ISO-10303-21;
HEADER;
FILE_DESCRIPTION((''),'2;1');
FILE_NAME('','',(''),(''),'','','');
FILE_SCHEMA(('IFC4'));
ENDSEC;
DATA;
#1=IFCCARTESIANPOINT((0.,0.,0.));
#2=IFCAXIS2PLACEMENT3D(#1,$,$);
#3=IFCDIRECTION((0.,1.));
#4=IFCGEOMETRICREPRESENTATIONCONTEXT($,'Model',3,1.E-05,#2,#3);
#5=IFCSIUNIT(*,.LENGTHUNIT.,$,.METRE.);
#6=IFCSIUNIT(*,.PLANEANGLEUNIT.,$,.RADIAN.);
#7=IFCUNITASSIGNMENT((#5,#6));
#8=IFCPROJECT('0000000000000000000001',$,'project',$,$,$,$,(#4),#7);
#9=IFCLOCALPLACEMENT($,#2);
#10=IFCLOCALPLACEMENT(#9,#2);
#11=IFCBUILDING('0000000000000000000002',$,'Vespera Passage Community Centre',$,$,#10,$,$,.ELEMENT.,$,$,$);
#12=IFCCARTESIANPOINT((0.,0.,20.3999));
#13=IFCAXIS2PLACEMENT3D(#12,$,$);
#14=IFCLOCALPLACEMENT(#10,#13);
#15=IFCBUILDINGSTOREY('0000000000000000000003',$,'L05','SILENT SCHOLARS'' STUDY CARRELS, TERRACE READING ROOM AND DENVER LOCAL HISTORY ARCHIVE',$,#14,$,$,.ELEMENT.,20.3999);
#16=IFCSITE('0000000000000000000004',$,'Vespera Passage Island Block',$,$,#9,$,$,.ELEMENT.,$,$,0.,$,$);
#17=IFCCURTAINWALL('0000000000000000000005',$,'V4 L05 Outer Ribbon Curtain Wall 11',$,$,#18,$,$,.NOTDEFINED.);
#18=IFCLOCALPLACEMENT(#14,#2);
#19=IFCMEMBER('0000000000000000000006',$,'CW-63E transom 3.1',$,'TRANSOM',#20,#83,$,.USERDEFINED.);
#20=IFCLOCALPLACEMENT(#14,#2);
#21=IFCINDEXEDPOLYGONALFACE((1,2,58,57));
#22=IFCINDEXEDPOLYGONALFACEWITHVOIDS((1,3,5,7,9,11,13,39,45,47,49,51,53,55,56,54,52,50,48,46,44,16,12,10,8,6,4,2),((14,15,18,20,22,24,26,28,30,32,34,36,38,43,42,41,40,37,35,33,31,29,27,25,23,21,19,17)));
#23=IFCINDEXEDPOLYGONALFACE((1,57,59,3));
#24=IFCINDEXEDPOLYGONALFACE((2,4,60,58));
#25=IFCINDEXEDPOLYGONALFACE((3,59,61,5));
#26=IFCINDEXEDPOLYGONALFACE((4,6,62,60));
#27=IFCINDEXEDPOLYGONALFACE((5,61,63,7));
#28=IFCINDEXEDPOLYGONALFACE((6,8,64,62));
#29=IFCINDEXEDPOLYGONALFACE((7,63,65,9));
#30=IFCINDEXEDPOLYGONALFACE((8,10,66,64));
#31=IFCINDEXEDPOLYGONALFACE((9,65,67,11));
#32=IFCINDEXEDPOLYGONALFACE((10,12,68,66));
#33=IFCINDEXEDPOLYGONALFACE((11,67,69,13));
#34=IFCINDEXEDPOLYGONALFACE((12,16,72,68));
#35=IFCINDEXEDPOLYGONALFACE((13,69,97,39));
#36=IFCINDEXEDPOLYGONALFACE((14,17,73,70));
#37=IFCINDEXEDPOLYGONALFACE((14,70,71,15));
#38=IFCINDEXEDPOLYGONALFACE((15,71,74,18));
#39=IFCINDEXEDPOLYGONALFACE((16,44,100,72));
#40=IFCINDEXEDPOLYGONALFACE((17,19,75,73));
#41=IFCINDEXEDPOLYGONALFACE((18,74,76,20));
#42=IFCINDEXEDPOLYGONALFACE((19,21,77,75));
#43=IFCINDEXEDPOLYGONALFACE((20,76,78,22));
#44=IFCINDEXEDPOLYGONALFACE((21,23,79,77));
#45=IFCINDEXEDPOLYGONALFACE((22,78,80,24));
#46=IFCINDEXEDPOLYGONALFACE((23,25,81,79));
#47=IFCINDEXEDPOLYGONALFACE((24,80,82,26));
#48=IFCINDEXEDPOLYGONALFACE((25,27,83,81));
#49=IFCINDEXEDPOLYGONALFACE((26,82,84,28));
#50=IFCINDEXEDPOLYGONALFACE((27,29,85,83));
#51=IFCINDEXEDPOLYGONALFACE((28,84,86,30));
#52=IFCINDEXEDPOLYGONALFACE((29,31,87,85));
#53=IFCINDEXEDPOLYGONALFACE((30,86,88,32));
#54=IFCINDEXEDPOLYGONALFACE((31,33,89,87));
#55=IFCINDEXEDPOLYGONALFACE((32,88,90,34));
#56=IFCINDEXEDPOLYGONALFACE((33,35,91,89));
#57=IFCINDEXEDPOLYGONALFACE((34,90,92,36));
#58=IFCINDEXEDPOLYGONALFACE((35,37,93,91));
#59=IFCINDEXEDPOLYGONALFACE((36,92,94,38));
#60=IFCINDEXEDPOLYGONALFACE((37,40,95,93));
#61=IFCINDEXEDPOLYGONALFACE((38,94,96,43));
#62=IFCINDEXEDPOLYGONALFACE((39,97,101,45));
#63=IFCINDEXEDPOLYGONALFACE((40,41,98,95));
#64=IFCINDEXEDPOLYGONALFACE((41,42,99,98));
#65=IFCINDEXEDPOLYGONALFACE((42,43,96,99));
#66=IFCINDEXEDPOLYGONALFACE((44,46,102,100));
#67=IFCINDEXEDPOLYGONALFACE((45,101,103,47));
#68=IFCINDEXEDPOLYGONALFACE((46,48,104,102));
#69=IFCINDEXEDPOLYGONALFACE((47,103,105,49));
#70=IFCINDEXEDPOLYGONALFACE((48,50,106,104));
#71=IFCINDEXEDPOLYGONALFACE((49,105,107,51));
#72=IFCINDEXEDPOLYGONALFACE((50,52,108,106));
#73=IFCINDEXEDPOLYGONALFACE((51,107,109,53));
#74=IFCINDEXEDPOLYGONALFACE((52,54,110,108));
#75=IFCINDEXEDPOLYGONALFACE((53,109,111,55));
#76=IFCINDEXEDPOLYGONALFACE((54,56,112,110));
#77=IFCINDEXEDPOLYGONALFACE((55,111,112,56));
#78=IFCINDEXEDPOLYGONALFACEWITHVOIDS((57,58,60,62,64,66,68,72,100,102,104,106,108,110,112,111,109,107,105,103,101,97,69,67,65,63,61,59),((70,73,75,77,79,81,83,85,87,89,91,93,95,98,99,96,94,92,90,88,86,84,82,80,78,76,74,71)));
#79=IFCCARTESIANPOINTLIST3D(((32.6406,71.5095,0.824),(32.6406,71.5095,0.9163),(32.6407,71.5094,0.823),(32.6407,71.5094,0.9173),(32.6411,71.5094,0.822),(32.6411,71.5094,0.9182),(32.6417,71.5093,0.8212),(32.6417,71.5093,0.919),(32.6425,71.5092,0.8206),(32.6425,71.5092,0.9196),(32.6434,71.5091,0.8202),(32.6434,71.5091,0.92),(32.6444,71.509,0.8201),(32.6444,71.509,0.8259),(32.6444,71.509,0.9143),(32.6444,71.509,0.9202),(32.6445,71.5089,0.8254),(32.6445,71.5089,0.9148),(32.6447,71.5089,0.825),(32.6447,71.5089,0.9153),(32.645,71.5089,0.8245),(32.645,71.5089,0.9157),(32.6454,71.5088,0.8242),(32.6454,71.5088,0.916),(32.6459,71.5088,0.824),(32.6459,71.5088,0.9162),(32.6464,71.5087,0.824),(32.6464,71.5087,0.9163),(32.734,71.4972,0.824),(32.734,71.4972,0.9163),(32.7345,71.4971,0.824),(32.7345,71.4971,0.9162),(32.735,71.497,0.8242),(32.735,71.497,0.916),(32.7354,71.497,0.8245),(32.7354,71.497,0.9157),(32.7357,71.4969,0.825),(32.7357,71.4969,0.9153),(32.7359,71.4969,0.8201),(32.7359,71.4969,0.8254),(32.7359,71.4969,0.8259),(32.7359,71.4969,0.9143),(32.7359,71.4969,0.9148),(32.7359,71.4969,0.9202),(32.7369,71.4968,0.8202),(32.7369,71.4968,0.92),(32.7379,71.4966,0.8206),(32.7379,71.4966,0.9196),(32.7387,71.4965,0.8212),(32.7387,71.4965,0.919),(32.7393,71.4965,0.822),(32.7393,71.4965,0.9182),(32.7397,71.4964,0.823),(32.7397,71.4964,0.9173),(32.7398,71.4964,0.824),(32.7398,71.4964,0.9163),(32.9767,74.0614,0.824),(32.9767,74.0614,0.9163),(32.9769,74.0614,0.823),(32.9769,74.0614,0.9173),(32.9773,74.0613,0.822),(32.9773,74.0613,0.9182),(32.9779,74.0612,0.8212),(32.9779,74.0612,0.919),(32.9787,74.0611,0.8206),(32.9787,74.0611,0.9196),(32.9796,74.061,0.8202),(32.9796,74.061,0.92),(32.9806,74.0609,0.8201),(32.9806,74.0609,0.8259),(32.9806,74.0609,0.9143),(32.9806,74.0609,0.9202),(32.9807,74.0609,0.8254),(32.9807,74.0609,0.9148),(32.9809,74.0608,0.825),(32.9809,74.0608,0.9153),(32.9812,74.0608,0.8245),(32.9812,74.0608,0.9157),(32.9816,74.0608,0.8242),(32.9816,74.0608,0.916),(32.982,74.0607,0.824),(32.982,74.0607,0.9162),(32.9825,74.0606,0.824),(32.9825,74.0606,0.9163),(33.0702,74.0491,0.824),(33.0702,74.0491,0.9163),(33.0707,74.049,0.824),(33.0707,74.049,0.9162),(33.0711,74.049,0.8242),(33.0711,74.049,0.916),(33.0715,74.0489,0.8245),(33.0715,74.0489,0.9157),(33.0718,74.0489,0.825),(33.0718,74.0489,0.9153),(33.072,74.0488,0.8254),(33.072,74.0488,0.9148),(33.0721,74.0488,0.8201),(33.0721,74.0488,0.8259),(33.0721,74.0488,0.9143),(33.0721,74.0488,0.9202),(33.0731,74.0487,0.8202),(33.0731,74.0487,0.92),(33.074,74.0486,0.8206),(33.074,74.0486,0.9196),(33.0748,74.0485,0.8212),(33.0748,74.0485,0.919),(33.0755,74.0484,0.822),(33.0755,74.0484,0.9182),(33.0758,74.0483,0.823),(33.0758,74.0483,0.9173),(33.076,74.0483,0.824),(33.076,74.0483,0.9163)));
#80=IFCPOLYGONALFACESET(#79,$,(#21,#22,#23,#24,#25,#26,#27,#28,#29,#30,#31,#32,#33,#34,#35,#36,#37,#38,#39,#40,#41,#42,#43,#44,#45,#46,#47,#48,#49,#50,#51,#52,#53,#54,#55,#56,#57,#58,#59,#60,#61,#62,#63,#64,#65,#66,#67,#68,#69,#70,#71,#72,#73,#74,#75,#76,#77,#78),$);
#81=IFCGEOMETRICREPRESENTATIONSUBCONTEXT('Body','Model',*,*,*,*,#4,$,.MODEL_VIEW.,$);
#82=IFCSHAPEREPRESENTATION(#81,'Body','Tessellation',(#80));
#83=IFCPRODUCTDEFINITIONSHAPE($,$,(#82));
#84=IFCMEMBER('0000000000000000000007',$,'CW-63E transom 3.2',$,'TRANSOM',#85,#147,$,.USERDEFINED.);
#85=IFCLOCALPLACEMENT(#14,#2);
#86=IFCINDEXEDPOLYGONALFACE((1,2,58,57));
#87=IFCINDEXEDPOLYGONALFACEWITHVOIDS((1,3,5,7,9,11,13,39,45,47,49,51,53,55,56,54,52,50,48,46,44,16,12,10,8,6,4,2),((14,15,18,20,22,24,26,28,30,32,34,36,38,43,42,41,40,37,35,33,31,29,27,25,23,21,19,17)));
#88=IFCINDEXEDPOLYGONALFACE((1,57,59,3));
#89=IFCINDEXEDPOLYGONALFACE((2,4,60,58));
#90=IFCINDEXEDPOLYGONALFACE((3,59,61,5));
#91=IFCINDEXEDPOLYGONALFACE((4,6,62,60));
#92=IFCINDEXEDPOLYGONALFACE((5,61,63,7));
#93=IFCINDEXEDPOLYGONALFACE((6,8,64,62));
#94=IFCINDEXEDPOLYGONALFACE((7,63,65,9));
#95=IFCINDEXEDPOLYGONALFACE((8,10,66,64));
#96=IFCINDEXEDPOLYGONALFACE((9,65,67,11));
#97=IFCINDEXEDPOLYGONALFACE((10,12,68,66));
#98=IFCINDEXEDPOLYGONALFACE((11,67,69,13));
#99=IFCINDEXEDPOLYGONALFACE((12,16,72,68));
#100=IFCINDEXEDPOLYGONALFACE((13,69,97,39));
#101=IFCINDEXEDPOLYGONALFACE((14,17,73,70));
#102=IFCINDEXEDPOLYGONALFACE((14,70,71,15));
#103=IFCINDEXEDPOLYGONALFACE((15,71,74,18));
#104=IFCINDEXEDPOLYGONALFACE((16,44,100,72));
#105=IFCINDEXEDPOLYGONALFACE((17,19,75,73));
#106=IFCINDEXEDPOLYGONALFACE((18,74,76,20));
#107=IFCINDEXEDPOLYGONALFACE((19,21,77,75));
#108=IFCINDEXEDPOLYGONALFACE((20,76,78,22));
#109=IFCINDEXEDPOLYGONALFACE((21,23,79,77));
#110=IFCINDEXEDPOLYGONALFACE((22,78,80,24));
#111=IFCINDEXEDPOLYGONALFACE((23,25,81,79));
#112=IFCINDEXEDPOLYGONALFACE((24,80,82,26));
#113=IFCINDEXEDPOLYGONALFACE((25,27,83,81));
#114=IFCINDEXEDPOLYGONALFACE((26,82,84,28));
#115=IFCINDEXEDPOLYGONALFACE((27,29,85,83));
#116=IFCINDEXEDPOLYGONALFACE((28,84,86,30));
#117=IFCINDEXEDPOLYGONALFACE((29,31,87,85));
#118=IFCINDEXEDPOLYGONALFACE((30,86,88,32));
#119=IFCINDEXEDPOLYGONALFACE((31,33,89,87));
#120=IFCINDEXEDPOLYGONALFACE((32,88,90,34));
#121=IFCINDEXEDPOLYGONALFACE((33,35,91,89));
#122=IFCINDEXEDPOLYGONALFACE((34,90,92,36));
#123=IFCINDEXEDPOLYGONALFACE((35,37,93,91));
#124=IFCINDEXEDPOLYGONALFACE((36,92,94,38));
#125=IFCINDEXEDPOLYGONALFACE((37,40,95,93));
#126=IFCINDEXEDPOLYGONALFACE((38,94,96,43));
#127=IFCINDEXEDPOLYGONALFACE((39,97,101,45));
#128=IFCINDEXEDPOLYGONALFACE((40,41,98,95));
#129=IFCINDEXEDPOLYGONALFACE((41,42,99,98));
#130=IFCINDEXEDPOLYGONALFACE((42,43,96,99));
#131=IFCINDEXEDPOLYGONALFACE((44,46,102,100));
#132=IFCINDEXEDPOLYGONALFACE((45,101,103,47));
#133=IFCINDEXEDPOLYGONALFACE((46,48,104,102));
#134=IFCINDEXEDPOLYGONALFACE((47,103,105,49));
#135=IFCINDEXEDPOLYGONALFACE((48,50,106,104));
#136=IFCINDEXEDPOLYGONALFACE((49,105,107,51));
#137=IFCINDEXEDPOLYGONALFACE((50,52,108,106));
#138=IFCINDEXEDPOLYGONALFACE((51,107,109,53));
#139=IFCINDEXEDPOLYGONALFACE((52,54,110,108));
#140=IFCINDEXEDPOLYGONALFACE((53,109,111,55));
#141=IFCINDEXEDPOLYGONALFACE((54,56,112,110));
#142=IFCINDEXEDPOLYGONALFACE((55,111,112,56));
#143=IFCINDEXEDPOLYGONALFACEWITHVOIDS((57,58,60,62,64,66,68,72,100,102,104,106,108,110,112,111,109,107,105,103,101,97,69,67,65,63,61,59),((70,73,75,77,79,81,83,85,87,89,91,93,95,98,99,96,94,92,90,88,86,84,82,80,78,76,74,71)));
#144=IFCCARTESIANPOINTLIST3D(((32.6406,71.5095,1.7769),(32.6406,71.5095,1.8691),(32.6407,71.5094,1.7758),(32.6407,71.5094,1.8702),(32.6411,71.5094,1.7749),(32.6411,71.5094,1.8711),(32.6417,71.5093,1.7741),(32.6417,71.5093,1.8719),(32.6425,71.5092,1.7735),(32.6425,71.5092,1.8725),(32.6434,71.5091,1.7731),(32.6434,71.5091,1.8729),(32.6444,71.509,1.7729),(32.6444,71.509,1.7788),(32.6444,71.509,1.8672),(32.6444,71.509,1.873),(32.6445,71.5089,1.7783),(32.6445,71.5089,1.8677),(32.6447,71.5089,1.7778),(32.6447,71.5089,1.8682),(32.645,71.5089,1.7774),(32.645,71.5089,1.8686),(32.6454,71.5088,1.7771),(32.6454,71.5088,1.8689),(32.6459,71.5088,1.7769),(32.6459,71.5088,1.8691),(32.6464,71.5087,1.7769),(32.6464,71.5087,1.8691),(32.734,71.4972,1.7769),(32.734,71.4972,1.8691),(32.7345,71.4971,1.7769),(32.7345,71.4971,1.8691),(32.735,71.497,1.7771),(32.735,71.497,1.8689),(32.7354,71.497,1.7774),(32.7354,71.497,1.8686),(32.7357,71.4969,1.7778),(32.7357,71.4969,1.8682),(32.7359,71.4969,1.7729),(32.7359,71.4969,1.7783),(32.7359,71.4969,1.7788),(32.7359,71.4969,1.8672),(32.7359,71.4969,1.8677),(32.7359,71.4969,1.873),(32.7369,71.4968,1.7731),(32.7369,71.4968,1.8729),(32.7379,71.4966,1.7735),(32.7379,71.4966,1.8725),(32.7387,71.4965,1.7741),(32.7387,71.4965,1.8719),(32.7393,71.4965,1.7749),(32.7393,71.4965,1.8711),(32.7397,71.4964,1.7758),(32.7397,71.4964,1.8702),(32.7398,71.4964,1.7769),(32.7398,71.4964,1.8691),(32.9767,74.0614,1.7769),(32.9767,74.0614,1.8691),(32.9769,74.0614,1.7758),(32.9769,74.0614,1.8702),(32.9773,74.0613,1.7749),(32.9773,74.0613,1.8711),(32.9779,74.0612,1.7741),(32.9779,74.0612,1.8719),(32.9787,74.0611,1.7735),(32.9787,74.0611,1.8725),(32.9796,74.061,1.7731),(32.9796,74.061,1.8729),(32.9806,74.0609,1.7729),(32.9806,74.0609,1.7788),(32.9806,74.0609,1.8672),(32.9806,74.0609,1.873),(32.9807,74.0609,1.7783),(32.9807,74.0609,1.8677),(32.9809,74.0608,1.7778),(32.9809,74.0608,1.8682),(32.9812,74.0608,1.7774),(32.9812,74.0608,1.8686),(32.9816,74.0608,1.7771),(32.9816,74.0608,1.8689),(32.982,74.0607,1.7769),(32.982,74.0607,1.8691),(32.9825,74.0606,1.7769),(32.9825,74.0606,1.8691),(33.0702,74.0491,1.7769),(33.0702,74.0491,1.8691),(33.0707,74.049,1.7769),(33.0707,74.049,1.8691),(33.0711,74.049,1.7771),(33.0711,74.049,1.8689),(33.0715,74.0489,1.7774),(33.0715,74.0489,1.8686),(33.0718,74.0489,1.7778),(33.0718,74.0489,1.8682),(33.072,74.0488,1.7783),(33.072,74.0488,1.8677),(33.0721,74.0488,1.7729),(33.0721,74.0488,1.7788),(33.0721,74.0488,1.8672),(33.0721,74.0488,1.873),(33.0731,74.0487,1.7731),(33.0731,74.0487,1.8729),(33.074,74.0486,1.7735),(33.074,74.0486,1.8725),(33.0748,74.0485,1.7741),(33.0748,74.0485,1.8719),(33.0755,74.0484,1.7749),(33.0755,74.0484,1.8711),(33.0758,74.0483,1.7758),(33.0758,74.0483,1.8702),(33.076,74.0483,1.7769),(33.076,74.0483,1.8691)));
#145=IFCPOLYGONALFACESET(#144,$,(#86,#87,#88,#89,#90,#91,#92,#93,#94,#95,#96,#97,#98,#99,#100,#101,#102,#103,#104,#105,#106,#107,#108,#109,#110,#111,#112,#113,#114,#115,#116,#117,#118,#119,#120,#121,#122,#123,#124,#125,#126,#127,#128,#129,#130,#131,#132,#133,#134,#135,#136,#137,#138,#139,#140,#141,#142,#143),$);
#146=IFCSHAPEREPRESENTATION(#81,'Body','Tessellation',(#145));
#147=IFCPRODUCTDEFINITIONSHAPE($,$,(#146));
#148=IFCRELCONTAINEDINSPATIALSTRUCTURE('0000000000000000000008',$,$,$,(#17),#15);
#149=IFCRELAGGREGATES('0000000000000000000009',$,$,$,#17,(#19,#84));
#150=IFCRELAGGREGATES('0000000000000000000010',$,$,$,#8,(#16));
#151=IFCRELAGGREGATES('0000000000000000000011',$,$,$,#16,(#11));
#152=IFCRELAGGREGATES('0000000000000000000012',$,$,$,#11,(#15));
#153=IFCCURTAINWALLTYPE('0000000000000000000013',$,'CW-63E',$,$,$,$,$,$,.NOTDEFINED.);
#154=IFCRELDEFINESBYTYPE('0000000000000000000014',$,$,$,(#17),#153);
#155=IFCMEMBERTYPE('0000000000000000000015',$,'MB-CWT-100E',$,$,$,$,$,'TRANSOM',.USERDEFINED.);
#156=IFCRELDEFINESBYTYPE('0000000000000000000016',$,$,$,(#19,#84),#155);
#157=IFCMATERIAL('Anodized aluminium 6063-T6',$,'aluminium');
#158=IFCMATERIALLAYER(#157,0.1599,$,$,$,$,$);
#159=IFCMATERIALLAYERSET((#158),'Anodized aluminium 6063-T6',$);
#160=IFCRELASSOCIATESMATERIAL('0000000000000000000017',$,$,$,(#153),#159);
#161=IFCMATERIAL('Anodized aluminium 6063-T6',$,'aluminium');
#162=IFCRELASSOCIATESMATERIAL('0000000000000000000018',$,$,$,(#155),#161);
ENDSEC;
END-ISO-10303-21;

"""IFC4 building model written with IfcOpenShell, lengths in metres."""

from ifc_helpers import new_model, si_unit, direction, frame, origin, origin_2d, place, context, subcontext, project, spatial, hollow_rectangle, extrude, material, layer, layer_set, material_profile, profile_set, type_object, element, aggregate, save


model = new_model("IFC4")

# Units and contexts
model_context = context("Model", 3, precision=1e-05, world=origin(), true_north=direction((0.0, 1.0)))
body_context = subcontext(model_context, "Body", "Model", "MODEL_VIEW")
ifc_project = project(units=[si_unit("LENGTHUNIT", "METRE"), si_unit("PLANEANGLEUNIT", "RADIAN")], contexts=[model_context])

# Site, building, storey
site_placement = place(None, origin())
site = spatial("IfcSite", under=ifc_project, at=site_placement, Name="Vespera Passage Island Block", CompositionType="ELEMENT", RefElevation=0.0)
building_placement = place(site_placement, origin())
building = spatial("IfcBuilding", under=site, at=building_placement, Name="Vespera Passage Community Centre", CompositionType="ELEMENT")
storey_placement = place(building_placement, frame((0.0, 0.0, 20.3999)))
storey = spatial("IfcBuildingStorey", under=building, at=storey_placement, Name="L05", Description="SILENT SCHOLARS' STUDY CARRELS, TERRACE READING ROOM AND DENVER LOCAL HISTORY ARCHIVE", CompositionType="ELEMENT", Elevation=20.3999)

# Curtain wall, members
ifc_material_1 = material(Name="Anodized aluminium 6063-T6", Category="aluminium")
ifc_layer_1 = layer(ifc_material_1, 0.1599)
ifc_layer_set_1 = layer_set([ifc_layer_1], Name="Anodized aluminium 6063-T6")
curtain_wall_type_1 = type_object("IfcCurtainWallType", Name="CW-63E", PredefinedType="NOTDEFINED", material=ifc_layer_set_1)
curtain_wall_1_placement = place(storey_placement, origin())
curtain_wall_1 = element("IfcCurtainWall", 1, at=curtain_wall_1_placement, inside=storey, type_object=curtain_wall_type_1, Name="V4 L05 Outer Ribbon Curtain Wall 11", PredefinedType="NOTDEFINED")
ifc_material_2 = material(Name="Anodized aluminium 6063-T6", Category="aluminium")
ifc_material_profile_1 = material_profile(ifc_material_2, hollow_rectangle(XDim=0.1001, YDim=0.1001, WallThickness=0.0039, InnerFilletRadius=0.002, OuterFilletRadius=0.0039, at=origin_2d()), Name="ALU100X100X4")
ifc_profile_set_1 = profile_set([ifc_material_profile_1], Name="Anodized aluminium 6063-T6")
member_type_1 = type_object("IfcMemberType", Name="MB-CWT-100E", ElementType="TRANSOM", PredefinedType="USERDEFINED", material=ifc_profile_set_1)
member_1_placement = place(storey_placement, frame((32.6902, 71.5029, 0.8701), z_axis=(0.130604, 0.991435, 0.0), x_axis=(-0.991435, 0.130604, 0.0)))
member_1 = element("IfcMember", 2, at=member_1_placement, type_object=member_type_1, Name="CW-63E transom 3.1", ObjectType="TRANSOM", PredefinedType="USERDEFINED", context=body_context, shape_type="SweptSolid", body=[
    extrude(hollow_rectangle(XDim=0.1001, YDim=0.1001, WallThickness=0.0039, InnerFilletRadius=0.002, OuterFilletRadius=0.0039, at=origin_2d()), origin(), (0.0, 0.0, 1.0), 2.574),
])
member_2_placement = place(storey_placement, frame((32.6902, 71.5029, 1.823), z_axis=(0.130604, 0.991435, 0.0), x_axis=(-0.991435, 0.130604, 0.0)))
member_2 = element("IfcMember", 3, at=member_2_placement, type_object=member_type_1, Name="CW-63E transom 3.2", ObjectType="TRANSOM", PredefinedType="USERDEFINED", context=body_context, shape_type="SweptSolid", body=[
    extrude(hollow_rectangle(XDim=0.1001, YDim=0.1001, WallThickness=0.0039, InnerFilletRadius=0.002, OuterFilletRadius=0.0039, at=origin_2d()), origin(), (0.0, 0.0, 1.0), 2.574),
])

aggregate(curtain_wall_1, [member_1, member_2])

save(model, "model.ifc")
